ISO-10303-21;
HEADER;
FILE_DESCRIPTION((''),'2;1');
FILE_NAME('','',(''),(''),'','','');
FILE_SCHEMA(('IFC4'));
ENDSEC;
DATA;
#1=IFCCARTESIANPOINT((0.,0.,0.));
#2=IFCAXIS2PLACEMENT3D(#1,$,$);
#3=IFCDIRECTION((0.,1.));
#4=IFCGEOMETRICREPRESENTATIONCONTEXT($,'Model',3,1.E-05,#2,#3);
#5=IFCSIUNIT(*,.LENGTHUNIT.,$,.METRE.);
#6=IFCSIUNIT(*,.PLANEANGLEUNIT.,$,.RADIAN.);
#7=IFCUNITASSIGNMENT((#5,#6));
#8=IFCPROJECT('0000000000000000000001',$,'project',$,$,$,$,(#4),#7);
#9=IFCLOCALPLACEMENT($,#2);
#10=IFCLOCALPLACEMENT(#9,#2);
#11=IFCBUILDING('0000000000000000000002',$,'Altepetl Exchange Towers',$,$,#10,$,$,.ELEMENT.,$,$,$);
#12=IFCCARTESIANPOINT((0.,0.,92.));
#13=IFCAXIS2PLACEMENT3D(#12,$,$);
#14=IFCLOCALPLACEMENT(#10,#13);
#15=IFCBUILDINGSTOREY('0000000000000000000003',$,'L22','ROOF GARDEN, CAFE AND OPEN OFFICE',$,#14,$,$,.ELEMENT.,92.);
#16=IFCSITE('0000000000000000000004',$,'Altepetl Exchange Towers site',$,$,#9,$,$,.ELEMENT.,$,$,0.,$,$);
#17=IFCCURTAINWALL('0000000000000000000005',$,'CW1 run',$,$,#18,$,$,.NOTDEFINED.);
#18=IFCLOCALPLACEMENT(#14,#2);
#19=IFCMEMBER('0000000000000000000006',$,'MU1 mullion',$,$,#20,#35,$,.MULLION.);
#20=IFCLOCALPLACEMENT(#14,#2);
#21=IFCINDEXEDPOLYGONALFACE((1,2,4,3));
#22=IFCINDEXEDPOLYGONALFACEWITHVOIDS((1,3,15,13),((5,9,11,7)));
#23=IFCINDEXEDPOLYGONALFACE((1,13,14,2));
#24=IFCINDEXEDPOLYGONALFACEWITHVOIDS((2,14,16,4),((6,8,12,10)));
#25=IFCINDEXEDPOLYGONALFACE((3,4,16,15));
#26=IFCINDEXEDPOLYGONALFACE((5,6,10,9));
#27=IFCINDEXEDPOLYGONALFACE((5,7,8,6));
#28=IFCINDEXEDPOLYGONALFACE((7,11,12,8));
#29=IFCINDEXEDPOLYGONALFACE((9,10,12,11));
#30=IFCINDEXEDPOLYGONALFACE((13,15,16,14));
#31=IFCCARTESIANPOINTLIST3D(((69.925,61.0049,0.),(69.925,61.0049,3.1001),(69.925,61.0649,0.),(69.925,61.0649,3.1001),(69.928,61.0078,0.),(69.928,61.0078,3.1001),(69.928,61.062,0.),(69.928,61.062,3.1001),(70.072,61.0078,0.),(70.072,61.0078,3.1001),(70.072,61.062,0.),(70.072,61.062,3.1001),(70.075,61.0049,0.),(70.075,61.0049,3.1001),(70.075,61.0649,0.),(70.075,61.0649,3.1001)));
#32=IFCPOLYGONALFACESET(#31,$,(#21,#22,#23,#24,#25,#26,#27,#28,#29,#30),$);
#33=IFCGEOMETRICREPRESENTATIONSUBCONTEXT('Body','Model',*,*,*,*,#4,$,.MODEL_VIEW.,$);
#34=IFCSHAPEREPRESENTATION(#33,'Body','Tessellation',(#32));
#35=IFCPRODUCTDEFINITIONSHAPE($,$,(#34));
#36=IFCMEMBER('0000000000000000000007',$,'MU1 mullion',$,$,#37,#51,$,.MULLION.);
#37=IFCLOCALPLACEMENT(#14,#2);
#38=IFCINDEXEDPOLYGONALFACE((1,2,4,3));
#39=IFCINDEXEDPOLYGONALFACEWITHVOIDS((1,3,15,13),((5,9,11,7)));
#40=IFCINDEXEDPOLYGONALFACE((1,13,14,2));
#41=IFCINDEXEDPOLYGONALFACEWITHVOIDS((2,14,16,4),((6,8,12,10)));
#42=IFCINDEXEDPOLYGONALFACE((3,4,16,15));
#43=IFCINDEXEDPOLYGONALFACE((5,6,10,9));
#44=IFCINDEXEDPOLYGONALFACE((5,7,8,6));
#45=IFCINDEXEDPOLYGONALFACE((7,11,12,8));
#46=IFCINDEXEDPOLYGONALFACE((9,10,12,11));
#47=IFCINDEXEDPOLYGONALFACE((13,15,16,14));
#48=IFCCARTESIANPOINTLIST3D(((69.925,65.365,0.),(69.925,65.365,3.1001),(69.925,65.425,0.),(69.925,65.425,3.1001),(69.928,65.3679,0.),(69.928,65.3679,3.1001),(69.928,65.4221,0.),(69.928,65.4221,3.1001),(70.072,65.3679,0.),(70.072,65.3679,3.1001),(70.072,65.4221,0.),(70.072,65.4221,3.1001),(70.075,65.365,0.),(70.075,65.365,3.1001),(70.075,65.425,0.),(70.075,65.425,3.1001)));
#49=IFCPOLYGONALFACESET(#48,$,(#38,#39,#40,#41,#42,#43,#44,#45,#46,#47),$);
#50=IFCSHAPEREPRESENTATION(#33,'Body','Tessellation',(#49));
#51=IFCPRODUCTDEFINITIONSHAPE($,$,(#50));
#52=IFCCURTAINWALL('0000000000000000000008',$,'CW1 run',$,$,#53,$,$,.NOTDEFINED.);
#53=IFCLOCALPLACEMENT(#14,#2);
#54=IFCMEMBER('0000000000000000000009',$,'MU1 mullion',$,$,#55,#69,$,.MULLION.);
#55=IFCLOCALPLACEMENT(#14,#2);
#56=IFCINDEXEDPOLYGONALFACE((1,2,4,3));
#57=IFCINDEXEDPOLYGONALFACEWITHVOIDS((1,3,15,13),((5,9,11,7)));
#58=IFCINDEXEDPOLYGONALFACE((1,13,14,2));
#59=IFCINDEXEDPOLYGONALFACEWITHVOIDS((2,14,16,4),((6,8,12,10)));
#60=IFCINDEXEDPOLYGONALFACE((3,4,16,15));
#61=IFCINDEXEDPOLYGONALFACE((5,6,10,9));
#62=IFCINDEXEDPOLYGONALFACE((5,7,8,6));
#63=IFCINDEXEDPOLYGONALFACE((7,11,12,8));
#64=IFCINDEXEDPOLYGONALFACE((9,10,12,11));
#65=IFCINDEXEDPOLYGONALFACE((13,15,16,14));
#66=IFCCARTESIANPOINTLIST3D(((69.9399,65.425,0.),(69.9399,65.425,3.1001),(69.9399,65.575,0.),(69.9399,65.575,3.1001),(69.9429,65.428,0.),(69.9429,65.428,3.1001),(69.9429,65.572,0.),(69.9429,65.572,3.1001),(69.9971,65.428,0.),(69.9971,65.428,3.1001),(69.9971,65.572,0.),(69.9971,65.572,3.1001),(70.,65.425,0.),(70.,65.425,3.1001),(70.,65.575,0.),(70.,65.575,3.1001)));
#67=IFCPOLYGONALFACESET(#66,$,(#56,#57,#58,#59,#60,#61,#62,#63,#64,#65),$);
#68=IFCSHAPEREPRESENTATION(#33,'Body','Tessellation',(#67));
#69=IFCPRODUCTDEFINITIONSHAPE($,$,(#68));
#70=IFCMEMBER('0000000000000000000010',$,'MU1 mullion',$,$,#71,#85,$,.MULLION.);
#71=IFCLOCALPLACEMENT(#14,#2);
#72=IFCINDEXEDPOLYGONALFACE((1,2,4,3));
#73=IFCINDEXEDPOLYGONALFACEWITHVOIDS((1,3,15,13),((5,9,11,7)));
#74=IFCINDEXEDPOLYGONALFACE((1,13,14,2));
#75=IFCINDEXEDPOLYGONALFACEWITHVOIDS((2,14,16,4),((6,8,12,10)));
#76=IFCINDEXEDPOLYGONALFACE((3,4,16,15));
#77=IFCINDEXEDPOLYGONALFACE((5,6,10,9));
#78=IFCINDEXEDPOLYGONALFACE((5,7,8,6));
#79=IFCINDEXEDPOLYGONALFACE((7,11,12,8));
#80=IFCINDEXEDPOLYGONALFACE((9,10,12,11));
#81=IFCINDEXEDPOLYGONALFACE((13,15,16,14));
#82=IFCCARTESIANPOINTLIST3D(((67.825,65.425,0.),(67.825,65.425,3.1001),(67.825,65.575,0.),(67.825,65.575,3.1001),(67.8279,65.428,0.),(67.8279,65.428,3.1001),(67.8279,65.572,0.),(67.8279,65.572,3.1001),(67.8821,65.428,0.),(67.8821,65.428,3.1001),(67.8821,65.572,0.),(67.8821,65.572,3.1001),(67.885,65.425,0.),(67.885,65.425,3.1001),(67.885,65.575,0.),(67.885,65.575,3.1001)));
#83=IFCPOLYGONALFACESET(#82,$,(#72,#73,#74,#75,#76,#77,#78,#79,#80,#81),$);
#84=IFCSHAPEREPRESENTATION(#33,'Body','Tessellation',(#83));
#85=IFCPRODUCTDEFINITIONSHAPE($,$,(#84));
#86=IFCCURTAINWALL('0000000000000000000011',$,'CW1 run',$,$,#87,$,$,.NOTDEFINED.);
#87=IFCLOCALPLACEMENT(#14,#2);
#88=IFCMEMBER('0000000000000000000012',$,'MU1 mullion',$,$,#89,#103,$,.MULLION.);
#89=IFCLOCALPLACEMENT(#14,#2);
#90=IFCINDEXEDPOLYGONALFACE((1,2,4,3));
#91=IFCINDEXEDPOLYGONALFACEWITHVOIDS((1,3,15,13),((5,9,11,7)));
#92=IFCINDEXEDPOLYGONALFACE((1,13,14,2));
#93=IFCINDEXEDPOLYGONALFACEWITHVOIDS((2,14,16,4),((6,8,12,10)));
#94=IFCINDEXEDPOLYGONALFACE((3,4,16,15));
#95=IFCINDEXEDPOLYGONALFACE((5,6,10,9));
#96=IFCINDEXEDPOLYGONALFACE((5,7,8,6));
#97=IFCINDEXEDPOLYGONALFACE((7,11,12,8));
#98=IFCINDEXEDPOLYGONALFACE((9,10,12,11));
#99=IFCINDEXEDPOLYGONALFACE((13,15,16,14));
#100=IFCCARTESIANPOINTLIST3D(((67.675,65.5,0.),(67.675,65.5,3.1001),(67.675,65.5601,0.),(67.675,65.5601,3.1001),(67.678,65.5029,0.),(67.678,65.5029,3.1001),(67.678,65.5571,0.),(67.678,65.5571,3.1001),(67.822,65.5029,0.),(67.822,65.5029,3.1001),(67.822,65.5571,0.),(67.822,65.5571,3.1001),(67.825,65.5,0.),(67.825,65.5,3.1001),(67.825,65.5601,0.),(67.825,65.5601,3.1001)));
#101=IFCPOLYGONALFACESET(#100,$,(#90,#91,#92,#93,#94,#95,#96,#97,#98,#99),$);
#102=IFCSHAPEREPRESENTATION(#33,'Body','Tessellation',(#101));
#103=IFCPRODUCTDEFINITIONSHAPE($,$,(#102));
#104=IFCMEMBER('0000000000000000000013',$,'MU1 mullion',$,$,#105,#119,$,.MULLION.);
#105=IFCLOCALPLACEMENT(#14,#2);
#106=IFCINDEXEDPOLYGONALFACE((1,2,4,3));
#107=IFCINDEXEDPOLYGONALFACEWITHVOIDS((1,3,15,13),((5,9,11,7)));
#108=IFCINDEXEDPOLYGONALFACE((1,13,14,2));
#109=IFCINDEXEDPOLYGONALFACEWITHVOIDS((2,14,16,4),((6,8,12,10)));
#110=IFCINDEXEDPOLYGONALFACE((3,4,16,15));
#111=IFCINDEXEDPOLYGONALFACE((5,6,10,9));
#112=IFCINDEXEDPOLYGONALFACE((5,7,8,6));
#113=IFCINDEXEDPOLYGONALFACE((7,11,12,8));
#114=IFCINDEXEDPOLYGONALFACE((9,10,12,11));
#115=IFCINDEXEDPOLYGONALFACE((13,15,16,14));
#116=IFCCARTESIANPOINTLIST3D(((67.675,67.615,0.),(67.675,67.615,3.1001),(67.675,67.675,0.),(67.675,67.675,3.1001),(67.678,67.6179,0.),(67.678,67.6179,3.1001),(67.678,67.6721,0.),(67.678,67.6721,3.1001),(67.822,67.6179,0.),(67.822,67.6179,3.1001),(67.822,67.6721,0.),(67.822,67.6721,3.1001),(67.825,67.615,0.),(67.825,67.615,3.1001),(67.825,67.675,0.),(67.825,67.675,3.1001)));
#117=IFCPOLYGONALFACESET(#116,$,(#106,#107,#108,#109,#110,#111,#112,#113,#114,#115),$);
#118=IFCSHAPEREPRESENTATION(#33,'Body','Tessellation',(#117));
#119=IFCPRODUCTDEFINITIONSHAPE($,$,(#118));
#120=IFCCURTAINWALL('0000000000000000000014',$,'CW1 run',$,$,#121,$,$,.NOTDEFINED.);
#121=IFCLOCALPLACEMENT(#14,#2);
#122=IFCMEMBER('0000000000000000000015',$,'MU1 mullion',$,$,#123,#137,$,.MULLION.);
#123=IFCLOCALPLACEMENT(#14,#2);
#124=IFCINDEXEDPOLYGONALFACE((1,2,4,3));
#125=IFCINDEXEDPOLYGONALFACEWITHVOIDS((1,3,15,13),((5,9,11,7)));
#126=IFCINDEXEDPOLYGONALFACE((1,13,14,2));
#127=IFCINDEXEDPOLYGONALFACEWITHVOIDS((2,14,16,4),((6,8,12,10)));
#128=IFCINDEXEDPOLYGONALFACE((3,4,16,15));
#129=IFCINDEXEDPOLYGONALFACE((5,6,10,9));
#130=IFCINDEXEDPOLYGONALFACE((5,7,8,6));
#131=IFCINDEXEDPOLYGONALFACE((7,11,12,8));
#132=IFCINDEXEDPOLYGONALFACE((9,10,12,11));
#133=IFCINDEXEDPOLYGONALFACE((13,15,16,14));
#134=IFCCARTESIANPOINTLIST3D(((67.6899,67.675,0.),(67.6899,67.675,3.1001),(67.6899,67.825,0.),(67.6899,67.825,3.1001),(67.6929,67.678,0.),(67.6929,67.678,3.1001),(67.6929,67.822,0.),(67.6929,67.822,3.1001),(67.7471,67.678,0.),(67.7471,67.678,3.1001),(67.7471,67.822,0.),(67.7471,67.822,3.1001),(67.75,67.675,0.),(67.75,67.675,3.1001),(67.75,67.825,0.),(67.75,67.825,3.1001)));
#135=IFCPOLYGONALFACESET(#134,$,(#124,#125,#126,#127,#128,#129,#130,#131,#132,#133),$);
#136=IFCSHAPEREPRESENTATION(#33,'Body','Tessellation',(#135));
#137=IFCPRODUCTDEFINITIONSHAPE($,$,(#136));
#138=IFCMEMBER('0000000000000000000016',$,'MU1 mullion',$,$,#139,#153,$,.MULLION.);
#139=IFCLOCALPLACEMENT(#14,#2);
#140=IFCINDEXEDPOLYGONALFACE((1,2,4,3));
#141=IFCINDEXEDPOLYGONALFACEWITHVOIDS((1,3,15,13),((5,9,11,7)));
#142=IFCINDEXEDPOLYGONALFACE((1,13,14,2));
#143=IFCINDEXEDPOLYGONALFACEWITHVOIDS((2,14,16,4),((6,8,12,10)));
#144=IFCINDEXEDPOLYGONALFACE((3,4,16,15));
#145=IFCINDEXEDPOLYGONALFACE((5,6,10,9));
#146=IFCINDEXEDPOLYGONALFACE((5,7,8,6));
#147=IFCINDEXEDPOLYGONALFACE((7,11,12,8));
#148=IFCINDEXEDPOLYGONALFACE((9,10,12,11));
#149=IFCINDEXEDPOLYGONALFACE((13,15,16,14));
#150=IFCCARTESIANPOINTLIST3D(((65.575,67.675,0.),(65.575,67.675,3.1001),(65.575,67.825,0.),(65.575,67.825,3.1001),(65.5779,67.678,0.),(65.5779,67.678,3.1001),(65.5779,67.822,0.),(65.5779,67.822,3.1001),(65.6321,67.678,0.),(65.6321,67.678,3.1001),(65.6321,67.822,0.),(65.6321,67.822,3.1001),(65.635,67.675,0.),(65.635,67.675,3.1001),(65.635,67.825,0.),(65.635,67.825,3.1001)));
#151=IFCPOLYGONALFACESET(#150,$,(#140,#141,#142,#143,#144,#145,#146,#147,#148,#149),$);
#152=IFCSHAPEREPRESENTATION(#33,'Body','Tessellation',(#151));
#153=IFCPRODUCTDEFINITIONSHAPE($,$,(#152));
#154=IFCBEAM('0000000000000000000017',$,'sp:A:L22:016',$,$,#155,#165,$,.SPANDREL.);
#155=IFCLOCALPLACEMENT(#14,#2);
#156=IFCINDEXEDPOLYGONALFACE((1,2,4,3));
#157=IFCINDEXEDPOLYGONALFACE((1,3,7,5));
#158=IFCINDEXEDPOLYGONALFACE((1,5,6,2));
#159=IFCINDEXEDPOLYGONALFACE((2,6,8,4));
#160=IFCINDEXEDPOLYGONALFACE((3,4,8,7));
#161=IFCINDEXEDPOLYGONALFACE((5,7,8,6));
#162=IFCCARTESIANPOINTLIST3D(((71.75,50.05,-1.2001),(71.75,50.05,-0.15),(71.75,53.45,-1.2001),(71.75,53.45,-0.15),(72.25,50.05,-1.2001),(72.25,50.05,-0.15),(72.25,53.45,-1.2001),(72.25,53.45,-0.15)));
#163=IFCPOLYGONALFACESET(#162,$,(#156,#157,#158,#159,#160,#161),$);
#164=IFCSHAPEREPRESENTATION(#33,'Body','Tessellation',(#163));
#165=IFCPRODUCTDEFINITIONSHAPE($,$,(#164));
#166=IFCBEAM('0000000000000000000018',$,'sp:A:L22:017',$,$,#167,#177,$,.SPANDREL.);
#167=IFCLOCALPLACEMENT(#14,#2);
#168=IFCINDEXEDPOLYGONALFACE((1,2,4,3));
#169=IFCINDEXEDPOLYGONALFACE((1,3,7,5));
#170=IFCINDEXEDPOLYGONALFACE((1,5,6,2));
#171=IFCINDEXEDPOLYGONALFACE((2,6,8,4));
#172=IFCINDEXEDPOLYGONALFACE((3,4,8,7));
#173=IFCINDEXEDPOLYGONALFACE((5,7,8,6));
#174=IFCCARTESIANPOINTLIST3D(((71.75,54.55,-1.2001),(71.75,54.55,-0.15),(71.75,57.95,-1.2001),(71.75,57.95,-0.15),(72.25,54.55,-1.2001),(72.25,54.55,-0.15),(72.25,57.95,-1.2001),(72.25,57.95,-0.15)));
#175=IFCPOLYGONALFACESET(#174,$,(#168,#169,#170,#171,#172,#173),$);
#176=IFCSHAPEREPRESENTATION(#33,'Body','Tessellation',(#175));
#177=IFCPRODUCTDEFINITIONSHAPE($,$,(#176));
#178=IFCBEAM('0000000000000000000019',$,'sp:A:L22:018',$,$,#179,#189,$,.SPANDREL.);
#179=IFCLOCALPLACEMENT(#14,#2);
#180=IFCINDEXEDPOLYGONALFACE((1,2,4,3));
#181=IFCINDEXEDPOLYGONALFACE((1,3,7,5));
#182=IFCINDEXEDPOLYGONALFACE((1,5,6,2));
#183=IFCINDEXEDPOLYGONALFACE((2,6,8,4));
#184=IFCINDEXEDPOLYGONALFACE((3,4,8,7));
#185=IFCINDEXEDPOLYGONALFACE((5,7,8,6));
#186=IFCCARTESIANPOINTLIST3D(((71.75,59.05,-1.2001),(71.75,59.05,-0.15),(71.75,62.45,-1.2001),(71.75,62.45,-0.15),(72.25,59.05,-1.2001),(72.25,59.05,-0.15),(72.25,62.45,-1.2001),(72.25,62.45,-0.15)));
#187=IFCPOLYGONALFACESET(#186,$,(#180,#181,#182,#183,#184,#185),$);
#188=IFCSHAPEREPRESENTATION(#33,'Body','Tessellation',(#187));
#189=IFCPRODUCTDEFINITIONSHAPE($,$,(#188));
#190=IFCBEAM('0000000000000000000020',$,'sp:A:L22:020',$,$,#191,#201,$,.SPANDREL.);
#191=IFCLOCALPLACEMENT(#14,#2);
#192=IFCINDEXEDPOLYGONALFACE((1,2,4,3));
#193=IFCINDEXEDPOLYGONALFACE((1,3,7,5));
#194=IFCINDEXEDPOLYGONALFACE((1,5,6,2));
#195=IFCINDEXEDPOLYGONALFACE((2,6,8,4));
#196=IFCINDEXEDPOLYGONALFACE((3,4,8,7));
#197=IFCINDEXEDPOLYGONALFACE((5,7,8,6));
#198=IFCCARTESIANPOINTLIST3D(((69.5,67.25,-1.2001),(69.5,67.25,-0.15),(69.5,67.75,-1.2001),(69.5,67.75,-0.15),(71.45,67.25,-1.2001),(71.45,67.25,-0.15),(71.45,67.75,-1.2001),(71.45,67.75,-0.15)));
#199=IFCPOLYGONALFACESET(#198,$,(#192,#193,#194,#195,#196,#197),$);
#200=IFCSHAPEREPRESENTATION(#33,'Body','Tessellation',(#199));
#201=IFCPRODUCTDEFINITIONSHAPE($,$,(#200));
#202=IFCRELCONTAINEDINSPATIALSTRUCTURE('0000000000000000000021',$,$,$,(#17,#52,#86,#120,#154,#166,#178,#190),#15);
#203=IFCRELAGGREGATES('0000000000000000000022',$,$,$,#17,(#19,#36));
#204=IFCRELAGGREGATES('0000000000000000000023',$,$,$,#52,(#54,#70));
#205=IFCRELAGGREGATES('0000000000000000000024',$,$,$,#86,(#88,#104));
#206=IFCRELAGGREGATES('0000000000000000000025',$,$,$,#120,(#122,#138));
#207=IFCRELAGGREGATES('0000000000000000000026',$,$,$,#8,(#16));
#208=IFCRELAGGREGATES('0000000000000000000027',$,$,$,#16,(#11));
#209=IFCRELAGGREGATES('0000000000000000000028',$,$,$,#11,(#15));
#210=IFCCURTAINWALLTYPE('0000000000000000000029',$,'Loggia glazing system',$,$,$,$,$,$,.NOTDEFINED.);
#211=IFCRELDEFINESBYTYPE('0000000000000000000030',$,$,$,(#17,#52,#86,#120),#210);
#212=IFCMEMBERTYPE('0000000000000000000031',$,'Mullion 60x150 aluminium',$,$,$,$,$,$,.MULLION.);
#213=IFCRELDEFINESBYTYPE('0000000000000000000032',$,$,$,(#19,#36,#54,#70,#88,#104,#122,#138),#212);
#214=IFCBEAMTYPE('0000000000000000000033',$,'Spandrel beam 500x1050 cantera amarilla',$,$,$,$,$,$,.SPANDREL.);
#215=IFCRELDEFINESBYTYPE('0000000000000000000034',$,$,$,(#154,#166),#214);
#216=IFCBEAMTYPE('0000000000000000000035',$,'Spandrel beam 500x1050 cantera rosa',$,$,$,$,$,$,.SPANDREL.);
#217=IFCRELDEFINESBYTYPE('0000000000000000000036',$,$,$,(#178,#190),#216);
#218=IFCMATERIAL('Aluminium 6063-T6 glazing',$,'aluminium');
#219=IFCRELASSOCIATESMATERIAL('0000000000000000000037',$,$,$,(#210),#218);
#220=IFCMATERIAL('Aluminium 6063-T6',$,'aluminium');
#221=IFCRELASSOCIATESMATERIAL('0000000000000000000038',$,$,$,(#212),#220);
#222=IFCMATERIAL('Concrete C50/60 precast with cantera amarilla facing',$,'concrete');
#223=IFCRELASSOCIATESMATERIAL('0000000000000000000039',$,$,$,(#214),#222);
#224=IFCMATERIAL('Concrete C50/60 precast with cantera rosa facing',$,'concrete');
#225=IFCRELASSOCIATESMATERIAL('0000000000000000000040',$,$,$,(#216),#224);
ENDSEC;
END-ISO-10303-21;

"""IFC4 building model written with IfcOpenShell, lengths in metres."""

from ifc_helpers import new_model, si_unit, direction, frame, origin, origin_2d, place, context, subcontext, project, spatial, rectangle, hollow_rectangle, extrude, material, material_profile, profile_set, type_object, element, aggregate, save


model = new_model("IFC4")

# Units and contexts
model_context = context("Model", 3, precision=1e-05, world=origin(), true_north=direction((0.0, 1.0)))
body_context = subcontext(model_context, "Body", "Model", "MODEL_VIEW")
ifc_project = project(units=[si_unit("LENGTHUNIT", "METRE"), si_unit("PLANEANGLEUNIT", "RADIAN")], contexts=[model_context])

# Site, building, storey
site_placement = place(None, origin())
site = spatial("IfcSite", under=ifc_project, at=site_placement, Name="Altepetl Exchange Towers site", CompositionType="ELEMENT", RefElevation=0.0)
building_placement = place(site_placement, origin())
building = spatial("IfcBuilding", under=site, at=building_placement, Name="Altepetl Exchange Towers", CompositionType="ELEMENT")
storey_placement = place(building_placement, frame((0.0, 0.0, 92.0)))
storey = spatial("IfcBuildingStorey", under=building, at=storey_placement, Name="L22", Description="ROOF GARDEN, CAFE AND OPEN OFFICE", CompositionType="ELEMENT", Elevation=92.0)

# Curtain walls, members
ifc_material_1 = material(Name="Aluminium 6063-T6 glazing", Category="aluminium")
curtain_wall_type = type_object("IfcCurtainWallType", Name="Loggia glazing system", PredefinedType="NOTDEFINED", material=ifc_material_1)
ifc_material_2 = material(Name="Aluminium 6063-T6", Category="aluminium")
ifc_material_profile_1 = material_profile(ifc_material_2, hollow_rectangle(XDim=0.0601, YDim=0.1499, WallThickness=0.0029, at=origin_2d()), Name="Mullion 60x150 aluminium")
ifc_profile_set_1 = profile_set([ifc_material_profile_1], Name="Aluminium 6063-T6")
member_type = type_object("IfcMemberType", Name="Mullion 60x150 aluminium", PredefinedType="MULLION", material=ifc_profile_set_1)
curtain_wall_1_placement = place(storey_placement, origin())
curtain_wall_1 = element("IfcCurtainWall", 1, at=curtain_wall_1_placement, inside=storey, type_object=curtain_wall_type, Name="CW1 run", PredefinedType="NOTDEFINED")
member_1_placement = place(storey_placement, frame((70.0, 61.0349, 0.0), z_axis=(0.0, 0.0, 1.0), x_axis=(0.0, 1.0, 0.0)))
member_1 = element("IfcMember", 2, at=member_1_placement, type_object=member_type, Name="MU1 mullion", PredefinedType="MULLION", context=body_context, shape_type="SweptSolid", body=[
    extrude(hollow_rectangle(XDim=0.0601, YDim=0.1499, WallThickness=0.0029, at=origin_2d()), origin(), (0.0, 0.0, 1.0), 3.1001),
])
member_2_placement = place(storey_placement, frame((70.0, 65.395, 0.0), z_axis=(0.0, 0.0, 1.0), x_axis=(0.0, 1.0, 0.0)))
member_2 = element("IfcMember", 3, at=member_2_placement, type_object=member_type, Name="MU1 mullion", PredefinedType="MULLION", context=body_context, shape_type="SweptSolid", body=[
    extrude(hollow_rectangle(XDim=0.0601, YDim=0.1499, WallThickness=0.0029, at=origin_2d()), origin(), (0.0, 0.0, 1.0), 3.1001),
])
curtain_wall_2_placement = place(storey_placement, origin())
curtain_wall_2 = element("IfcCurtainWall", 4, at=curtain_wall_2_placement, inside=storey, type_object=curtain_wall_type, Name="CW1 run", PredefinedType="NOTDEFINED")
member_3_placement = place(storey_placement, frame((69.97, 65.5, 0.0), z_axis=(0.0, 0.0, 1.0), x_axis=(-1.0, 0.0, 0.0)))
member_3 = element("IfcMember", 5, at=member_3_placement, type_object=member_type, Name="MU1 mullion", PredefinedType="MULLION", context=body_context, shape_type="SweptSolid", body=[
    extrude(hollow_rectangle(XDim=0.0601, YDim=0.1499, WallThickness=0.0029, at=origin_2d()), origin(), (0.0, 0.0, 1.0), 3.1001),
])
member_4_placement = place(storey_placement, frame((67.855, 65.5, 0.0), z_axis=(0.0, 0.0, 1.0), x_axis=(-1.0, 0.0, 0.0)))
member_4 = element("IfcMember", 6, at=member_4_placement, type_object=member_type, Name="MU1 mullion", PredefinedType="MULLION", context=body_context, shape_type="SweptSolid", body=[
    extrude(hollow_rectangle(XDim=0.0601, YDim=0.1499, WallThickness=0.0029, at=origin_2d()), origin(), (0.0, 0.0, 1.0), 3.1001),
])
curtain_wall_3_placement = place(storey_placement, origin())
curtain_wall_3 = element("IfcCurtainWall", 7, at=curtain_wall_3_placement, inside=storey, type_object=curtain_wall_type, Name="CW1 run", PredefinedType="NOTDEFINED")
member_5_placement = place(storey_placement, frame((67.75, 65.53, 0.0), z_axis=(0.0, 0.0, 1.0), x_axis=(0.0, 1.0, 0.0)))
member_5 = element("IfcMember", 8, at=member_5_placement, type_object=member_type, Name="MU1 mullion", PredefinedType="MULLION", context=body_context, shape_type="SweptSolid", body=[
    extrude(hollow_rectangle(XDim=0.0601, YDim=0.1499, WallThickness=0.0029, at=origin_2d()), origin(), (0.0, 0.0, 1.0), 3.1001),
])
member_6_placement = place(storey_placement, frame((67.75, 67.645, 0.0), z_axis=(0.0, 0.0, 1.0), x_axis=(0.0, 1.0, 0.0)))
member_6 = element("IfcMember", 9, at=member_6_placement, type_object=member_type, Name="MU1 mullion", PredefinedType="MULLION", context=body_context, shape_type="SweptSolid", body=[
    extrude(hollow_rectangle(XDim=0.0601, YDim=0.1499, WallThickness=0.0029, at=origin_2d()), origin(), (0.0, 0.0, 1.0), 3.1001),
])
curtain_wall_4_placement = place(storey_placement, origin())
curtain_wall_4 = element("IfcCurtainWall", 10, at=curtain_wall_4_placement, inside=storey, type_object=curtain_wall_type, Name="CW1 run", PredefinedType="NOTDEFINED")
member_7_placement = place(storey_placement, frame((67.72, 67.75, 0.0), z_axis=(0.0, 0.0, 1.0), x_axis=(-1.0, 0.0, 0.0)))
member_7 = element("IfcMember", 11, at=member_7_placement, type_object=member_type, Name="MU1 mullion", PredefinedType="MULLION", context=body_context, shape_type="SweptSolid", body=[
    extrude(hollow_rectangle(XDim=0.0601, YDim=0.1499, WallThickness=0.0029, at=origin_2d()), origin(), (0.0, 0.0, 1.0), 3.1001),
])
member_8_placement = place(storey_placement, frame((65.605, 67.75, 0.0), z_axis=(0.0, 0.0, 1.0), x_axis=(-1.0, 0.0, 0.0)))
member_8 = element("IfcMember", 12, at=member_8_placement, type_object=member_type, Name="MU1 mullion", PredefinedType="MULLION", context=body_context, shape_type="SweptSolid", body=[
    extrude(hollow_rectangle(XDim=0.0601, YDim=0.1499, WallThickness=0.0029, at=origin_2d()), origin(), (0.0, 0.0, 1.0), 3.1001),
])

# Beams
ifc_material_3 = material(Name="Concrete C50/60 precast with cantera amarilla facing", Category="concrete")
ifc_material_profile_2 = material_profile(ifc_material_3, rectangle(XDim=0.5, YDim=1.05, at=origin_2d()), Name="500 x 1050")
ifc_profile_set_2 = profile_set([ifc_material_profile_2], Name="Concrete C50/60 precast with cantera amarilla facing")
beam_type_1 = type_object("IfcBeamType", Name="Spandrel beam 500x1050 cantera amarilla", PredefinedType="SPANDREL", material=ifc_profile_set_2)
for number, where, z_axis, x_axis, name in (
    (13, (72.0, 50.05, -0.675), (0.0, 1.0, 0.0), (-1.0, 0.0, 0.0), "sp:A:L22:016"),
    (14, (72.0, 54.55, -0.675), (0.0, 1.0, 0.0), (-1.0, 0.0, 0.0), "sp:A:L22:017"),
):
    element("IfcBeam", number, at=place(storey_placement, frame(where, z_axis=z_axis, x_axis=x_axis)), inside=storey, type_object=beam_type_1, Name=name, PredefinedType="SPANDREL", context=body_context, shape_type="SweptSolid", body=[
        extrude(rectangle(XDim=0.5, YDim=1.05, at=origin_2d()), origin(), (0.0, 0.0, 1.0), 3.3999),
    ])
ifc_material_4 = material(Name="Concrete C50/60 precast with cantera rosa facing", Category="concrete")
ifc_material_profile_3 = material_profile(ifc_material_4, rectangle(XDim=0.5, YDim=1.05, at=origin_2d()), Name="500 x 1050")
ifc_profile_set_3 = profile_set([ifc_material_profile_3], Name="Concrete C50/60 precast with cantera rosa facing")
beam_type_2 = type_object("IfcBeamType", Name="Spandrel beam 500x1050 cantera rosa", PredefinedType="SPANDREL", material=ifc_profile_set_3)
beam_1_placement = place(storey_placement, frame((72.0, 59.05, -0.675), z_axis=(0.0, 1.0, 0.0), x_axis=(-1.0, 0.0, 0.0)))
element("IfcBeam", 15, at=beam_1_placement, inside=storey, type_object=beam_type_2, Name="sp:A:L22:018", PredefinedType="SPANDREL", context=body_context, shape_type="SweptSolid", body=[
    extrude(rectangle(XDim=0.5, YDim=1.05, at=origin_2d()), origin(), (0.0, 0.0, 1.0), 3.3999),
])
beam_2_placement = place(storey_placement, frame((71.45, 67.5, -0.675), z_axis=(-1.0, 0.0, 0.0), x_axis=(0.0, -1.0, 0.0)))
element("IfcBeam", 16, at=beam_2_placement, inside=storey, type_object=beam_type_2, Name="sp:A:L22:020", PredefinedType="SPANDREL", context=body_context, shape_type="SweptSolid", body=[
    extrude(rectangle(XDim=0.5, YDim=1.05, at=origin_2d()), origin(), (0.0, 0.0, 1.0), 1.95),
])

aggregate(curtain_wall_1, [member_1, member_2])
aggregate(curtain_wall_2, [member_3, member_4])
aggregate(curtain_wall_3, [member_5, member_6])
aggregate(curtain_wall_4, [member_7, member_8])

save(model, "model.ifc")
